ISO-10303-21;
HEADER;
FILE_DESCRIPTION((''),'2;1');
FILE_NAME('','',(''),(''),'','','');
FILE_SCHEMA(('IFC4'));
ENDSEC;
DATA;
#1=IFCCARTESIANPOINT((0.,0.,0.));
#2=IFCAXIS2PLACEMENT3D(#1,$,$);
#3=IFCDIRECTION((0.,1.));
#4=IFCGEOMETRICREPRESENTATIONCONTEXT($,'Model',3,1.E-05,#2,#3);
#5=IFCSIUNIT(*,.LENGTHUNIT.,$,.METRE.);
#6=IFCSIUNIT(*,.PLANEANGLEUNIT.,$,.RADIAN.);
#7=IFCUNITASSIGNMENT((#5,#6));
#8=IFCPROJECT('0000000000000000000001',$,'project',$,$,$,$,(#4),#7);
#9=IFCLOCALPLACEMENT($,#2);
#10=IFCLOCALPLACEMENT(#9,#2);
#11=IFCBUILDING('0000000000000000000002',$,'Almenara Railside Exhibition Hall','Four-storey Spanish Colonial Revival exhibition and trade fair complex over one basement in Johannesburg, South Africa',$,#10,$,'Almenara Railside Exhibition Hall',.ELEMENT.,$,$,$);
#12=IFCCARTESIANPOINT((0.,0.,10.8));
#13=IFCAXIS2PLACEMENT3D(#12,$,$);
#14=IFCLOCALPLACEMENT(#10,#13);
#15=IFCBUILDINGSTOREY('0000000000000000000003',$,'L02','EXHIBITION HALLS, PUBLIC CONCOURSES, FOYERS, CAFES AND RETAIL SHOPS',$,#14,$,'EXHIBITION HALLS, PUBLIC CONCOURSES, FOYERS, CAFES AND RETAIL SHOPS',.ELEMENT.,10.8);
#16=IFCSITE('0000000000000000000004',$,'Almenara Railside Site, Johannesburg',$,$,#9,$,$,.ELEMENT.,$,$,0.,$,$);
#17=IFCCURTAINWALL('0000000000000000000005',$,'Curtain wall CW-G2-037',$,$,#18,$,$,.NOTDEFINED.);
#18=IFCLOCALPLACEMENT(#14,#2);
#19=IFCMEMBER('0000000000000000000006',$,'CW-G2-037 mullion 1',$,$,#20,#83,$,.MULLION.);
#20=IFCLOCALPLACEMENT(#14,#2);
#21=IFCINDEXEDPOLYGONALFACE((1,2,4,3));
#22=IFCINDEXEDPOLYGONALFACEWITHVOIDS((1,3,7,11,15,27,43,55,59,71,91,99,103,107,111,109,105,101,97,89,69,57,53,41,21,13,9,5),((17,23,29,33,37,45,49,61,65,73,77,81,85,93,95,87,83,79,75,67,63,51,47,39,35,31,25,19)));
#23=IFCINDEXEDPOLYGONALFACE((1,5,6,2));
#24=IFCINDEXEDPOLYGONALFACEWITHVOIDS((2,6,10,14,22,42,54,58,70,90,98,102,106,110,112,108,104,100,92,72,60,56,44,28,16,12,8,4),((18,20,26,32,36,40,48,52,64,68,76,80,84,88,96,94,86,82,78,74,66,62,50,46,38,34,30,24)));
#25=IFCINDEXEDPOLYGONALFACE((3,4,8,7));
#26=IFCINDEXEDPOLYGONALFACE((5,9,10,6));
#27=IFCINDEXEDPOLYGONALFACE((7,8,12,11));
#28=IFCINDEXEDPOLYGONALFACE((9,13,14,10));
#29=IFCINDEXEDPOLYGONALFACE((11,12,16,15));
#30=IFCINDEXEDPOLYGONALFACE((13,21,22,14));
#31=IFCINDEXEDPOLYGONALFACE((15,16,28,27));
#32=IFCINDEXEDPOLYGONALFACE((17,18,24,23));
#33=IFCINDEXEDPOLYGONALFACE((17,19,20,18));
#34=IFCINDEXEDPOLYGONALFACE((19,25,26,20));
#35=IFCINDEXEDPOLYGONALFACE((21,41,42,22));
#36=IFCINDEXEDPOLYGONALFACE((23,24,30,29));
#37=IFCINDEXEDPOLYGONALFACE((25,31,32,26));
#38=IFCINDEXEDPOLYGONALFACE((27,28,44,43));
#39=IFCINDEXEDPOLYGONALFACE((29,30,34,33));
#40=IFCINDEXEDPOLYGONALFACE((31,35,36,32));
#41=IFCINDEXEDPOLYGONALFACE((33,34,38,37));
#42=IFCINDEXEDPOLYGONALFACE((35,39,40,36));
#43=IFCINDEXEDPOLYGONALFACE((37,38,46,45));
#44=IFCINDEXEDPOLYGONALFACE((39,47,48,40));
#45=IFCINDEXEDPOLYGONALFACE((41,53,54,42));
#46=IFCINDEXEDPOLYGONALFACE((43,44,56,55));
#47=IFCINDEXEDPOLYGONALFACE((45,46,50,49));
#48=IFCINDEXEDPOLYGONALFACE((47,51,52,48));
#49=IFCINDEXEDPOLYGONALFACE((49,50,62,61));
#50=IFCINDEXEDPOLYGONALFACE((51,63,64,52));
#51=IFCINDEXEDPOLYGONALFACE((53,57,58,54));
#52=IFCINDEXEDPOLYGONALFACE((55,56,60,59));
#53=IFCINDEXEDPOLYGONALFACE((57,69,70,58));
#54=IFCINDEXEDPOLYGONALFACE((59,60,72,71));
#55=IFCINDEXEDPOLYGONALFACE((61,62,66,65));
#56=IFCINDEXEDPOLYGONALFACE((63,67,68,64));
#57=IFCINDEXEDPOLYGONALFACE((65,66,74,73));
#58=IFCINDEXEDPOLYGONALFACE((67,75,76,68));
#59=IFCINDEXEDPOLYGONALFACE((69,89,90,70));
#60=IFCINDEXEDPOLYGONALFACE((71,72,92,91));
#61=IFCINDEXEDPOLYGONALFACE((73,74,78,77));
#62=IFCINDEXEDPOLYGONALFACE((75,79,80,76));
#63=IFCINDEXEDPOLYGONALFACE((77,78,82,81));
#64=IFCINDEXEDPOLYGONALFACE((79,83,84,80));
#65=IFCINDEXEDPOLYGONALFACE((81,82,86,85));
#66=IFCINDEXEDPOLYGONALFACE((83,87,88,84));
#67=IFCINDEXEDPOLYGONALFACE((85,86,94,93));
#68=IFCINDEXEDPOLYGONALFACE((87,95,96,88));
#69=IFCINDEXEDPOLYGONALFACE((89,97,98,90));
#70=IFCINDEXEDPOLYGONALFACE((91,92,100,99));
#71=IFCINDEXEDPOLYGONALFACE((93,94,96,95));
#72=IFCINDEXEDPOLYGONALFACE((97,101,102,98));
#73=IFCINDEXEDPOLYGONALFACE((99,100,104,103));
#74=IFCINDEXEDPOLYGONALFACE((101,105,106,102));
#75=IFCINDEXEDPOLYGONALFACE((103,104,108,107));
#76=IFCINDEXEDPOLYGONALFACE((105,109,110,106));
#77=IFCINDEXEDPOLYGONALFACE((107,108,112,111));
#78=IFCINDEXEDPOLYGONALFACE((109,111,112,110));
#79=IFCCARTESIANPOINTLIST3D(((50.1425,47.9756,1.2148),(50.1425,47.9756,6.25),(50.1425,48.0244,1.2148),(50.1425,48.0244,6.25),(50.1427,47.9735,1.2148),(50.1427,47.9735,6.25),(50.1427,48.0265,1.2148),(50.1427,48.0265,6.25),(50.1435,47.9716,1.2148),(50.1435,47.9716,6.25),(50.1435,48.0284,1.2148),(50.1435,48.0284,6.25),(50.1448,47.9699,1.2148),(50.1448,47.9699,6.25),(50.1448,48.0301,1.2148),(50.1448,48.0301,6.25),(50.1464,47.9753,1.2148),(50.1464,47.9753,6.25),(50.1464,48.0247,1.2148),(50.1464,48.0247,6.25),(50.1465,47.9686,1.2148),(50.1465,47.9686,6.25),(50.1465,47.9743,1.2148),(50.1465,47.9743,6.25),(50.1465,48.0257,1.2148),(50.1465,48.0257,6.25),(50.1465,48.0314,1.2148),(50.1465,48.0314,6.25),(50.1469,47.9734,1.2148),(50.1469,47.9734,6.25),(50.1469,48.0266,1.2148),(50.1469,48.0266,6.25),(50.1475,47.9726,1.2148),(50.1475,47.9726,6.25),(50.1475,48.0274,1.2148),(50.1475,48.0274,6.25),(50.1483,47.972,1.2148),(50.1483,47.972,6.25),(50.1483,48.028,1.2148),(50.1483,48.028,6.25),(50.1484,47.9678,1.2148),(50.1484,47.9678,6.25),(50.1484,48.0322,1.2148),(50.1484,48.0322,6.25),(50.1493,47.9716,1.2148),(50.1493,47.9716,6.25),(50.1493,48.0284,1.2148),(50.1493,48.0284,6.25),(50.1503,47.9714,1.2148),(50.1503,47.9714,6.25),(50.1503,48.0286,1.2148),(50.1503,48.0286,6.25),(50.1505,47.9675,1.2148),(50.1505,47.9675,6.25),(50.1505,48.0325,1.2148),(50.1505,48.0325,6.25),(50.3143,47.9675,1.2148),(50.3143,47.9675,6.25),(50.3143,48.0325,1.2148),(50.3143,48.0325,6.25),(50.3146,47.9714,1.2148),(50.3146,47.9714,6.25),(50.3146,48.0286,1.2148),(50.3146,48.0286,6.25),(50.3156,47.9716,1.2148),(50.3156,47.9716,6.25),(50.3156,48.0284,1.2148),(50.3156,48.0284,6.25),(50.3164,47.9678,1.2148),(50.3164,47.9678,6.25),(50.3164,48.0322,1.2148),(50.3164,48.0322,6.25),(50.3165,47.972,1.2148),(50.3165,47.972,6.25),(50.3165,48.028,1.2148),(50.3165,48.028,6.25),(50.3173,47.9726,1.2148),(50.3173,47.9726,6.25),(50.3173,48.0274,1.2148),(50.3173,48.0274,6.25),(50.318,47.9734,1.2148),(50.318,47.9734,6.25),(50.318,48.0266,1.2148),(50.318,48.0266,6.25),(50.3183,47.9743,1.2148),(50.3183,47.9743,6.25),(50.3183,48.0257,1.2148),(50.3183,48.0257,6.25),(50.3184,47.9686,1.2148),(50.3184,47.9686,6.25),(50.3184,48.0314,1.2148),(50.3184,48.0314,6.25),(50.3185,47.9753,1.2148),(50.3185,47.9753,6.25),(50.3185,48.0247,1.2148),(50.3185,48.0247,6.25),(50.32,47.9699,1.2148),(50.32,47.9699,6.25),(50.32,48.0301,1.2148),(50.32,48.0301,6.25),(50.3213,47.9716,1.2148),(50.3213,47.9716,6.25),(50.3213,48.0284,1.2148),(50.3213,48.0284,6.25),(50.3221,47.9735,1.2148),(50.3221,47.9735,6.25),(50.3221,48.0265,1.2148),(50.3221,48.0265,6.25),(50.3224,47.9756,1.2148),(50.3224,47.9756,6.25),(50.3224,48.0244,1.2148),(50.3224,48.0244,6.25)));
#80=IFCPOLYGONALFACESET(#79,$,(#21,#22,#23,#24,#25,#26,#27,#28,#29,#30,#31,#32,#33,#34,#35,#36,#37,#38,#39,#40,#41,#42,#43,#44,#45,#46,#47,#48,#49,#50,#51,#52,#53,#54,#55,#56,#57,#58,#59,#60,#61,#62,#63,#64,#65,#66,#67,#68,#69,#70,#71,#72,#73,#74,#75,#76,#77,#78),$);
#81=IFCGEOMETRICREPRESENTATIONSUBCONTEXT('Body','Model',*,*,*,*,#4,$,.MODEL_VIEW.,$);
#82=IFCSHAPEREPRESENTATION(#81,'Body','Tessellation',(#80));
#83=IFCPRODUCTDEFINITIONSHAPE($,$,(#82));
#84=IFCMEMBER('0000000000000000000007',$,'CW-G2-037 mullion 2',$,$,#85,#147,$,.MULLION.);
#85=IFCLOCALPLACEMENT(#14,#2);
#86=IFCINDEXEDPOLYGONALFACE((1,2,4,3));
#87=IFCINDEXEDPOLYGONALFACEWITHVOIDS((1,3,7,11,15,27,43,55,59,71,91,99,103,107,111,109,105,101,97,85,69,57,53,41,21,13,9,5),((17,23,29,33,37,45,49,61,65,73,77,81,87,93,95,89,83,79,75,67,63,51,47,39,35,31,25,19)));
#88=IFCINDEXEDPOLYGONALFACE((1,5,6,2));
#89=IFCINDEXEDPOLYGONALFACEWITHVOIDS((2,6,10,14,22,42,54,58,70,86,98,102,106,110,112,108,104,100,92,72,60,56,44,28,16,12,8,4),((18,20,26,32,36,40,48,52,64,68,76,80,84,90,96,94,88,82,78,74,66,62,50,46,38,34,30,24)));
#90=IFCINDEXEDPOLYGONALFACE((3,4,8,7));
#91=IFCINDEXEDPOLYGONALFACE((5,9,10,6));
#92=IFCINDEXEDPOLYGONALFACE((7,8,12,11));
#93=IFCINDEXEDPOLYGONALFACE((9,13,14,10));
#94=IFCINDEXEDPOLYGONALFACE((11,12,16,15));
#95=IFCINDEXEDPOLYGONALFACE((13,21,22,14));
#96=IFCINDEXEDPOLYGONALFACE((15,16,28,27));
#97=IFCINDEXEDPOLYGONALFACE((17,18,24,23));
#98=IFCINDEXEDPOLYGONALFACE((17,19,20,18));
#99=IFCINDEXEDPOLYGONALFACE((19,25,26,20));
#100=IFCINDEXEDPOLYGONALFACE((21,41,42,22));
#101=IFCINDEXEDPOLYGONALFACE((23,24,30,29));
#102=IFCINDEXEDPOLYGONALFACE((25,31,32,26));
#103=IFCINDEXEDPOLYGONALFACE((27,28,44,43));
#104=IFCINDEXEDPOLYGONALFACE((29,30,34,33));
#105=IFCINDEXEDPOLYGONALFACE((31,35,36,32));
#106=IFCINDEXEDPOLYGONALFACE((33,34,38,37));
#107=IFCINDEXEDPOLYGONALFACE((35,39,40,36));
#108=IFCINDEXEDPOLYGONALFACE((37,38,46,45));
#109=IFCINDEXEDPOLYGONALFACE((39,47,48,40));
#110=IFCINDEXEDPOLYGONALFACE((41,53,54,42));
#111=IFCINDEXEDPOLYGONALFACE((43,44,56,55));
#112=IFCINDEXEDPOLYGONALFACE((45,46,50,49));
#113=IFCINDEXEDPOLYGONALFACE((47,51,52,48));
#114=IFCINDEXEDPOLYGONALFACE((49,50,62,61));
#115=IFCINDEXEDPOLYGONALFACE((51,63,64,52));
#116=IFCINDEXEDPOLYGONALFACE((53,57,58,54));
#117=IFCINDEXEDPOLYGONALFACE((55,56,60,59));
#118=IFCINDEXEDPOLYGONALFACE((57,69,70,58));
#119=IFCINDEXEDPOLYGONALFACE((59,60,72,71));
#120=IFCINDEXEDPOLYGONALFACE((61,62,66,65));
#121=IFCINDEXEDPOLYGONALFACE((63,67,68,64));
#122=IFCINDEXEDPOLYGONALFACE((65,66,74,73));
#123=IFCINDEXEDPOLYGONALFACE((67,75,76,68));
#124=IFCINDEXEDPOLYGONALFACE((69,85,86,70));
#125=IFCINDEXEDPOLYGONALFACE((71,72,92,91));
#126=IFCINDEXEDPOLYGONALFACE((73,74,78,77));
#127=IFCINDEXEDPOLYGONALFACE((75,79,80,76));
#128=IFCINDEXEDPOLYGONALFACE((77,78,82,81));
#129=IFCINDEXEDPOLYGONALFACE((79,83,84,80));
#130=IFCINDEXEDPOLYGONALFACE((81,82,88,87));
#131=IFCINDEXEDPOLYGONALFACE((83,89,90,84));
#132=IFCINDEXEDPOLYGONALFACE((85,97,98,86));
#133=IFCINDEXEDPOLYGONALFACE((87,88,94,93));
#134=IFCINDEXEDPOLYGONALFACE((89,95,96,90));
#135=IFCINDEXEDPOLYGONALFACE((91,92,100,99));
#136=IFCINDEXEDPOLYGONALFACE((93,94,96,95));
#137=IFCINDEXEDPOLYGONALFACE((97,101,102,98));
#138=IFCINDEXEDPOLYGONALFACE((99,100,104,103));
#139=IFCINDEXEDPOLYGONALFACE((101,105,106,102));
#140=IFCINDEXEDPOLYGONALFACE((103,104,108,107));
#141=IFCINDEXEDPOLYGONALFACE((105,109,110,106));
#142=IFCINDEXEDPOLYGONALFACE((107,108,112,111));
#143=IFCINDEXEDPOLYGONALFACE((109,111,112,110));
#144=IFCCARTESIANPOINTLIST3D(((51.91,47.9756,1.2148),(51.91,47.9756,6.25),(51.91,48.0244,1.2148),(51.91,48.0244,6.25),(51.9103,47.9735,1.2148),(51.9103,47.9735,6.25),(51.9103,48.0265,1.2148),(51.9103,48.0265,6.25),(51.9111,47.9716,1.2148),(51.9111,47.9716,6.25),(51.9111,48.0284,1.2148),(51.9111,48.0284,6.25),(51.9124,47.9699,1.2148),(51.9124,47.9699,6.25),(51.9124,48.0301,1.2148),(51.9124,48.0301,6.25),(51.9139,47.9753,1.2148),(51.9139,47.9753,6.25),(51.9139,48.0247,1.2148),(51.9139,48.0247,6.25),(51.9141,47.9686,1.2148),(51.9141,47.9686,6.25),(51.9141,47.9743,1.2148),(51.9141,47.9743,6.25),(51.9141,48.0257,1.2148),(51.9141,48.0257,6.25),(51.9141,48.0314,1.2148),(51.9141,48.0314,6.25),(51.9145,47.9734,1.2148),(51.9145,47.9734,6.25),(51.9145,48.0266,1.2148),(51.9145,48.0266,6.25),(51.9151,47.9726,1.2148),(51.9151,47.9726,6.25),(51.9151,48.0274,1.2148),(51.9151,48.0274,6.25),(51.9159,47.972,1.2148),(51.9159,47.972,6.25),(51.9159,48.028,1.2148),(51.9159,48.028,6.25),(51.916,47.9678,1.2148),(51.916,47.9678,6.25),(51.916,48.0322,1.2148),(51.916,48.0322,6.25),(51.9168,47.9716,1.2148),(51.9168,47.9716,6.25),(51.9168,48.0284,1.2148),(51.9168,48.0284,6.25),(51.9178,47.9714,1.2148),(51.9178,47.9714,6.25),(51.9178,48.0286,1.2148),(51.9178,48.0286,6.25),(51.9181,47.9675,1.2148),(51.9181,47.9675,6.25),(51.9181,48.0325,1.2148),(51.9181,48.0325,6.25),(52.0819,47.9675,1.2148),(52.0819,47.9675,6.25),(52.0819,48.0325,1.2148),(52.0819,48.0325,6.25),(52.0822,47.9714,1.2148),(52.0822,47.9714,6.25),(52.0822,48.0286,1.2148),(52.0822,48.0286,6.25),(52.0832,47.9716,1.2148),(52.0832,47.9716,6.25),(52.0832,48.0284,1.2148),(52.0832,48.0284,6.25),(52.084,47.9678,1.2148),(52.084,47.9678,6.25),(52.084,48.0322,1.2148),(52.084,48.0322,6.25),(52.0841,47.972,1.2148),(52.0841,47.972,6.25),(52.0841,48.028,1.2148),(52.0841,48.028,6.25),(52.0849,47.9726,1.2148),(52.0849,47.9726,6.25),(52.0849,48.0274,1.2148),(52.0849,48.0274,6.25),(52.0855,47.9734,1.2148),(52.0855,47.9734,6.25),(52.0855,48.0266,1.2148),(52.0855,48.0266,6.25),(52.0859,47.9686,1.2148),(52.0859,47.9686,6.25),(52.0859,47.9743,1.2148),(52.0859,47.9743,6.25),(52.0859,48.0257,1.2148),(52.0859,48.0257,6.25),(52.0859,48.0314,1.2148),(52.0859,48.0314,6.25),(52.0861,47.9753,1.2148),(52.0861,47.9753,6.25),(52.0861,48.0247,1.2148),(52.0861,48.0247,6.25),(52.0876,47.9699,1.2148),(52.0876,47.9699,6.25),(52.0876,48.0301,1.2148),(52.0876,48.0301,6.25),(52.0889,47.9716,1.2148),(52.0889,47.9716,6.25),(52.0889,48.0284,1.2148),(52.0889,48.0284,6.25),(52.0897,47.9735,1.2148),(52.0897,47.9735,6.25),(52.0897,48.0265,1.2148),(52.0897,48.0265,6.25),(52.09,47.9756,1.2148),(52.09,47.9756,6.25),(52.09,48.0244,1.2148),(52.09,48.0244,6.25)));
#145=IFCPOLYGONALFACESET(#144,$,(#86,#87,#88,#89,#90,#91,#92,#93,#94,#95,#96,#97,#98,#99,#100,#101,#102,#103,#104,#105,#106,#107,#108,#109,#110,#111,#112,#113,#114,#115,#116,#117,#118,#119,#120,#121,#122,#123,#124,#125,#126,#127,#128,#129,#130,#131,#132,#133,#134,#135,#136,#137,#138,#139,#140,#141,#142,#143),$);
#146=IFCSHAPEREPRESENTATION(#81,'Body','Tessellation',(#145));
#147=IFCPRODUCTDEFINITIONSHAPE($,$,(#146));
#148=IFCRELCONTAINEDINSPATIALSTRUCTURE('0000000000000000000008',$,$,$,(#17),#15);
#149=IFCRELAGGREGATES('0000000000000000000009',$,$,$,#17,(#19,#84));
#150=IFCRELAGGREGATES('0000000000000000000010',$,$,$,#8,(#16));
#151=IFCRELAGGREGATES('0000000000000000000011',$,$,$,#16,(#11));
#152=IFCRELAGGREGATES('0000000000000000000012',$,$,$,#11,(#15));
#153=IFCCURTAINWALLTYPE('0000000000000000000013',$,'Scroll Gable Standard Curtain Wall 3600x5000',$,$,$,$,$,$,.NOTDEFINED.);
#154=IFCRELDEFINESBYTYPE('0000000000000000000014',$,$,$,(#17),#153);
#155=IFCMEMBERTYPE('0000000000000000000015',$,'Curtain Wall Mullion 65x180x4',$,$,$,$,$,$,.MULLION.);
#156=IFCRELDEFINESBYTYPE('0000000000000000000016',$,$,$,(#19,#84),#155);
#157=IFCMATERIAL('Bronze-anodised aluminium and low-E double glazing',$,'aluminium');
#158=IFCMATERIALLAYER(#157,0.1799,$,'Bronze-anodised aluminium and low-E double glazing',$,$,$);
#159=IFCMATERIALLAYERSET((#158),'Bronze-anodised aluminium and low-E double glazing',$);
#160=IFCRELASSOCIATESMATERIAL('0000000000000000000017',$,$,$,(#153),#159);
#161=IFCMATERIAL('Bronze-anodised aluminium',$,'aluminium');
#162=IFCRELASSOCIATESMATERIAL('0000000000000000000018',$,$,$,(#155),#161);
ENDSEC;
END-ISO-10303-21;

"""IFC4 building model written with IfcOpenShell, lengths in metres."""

from ifc_helpers import new_model, si_unit, direction, frame, origin, origin_2d, place, context, subcontext, project, spatial, hollow_rectangle, extrude, material, layer, layer_set, material_profile, profile_set, type_object, element, aggregate, save


model = new_model("IFC4")

# Units and contexts
model_context = context("Model", 3, precision=1e-05, world=origin(), true_north=direction((0.0, 1.0)))
body_context = subcontext(model_context, "Body", "Model", "MODEL_VIEW")
ifc_project = project(units=[si_unit("LENGTHUNIT", "METRE"), si_unit("PLANEANGLEUNIT", "RADIAN")], contexts=[model_context])

# Site, building, storey
site_placement = place(None, origin())
site = spatial("IfcSite", under=ifc_project, at=site_placement, Name="Almenara Railside Site, Johannesburg", CompositionType="ELEMENT", RefElevation=0.0)
building_placement = place(site_placement, origin())
building = spatial("IfcBuilding", under=site, at=building_placement, Name="Almenara Railside Exhibition Hall", Description="Four-storey Spanish Colonial Revival exhibition and trade fair complex over one basement in Johannesburg, South Africa", LongName="Almenara Railside Exhibition Hall", CompositionType="ELEMENT")
storey_placement = place(building_placement, frame((0.0, 0.0, 10.8)))
storey = spatial("IfcBuildingStorey", under=building, at=storey_placement, Name="L02", Description="EXHIBITION HALLS, PUBLIC CONCOURSES, FOYERS, CAFES AND RETAIL SHOPS", LongName="EXHIBITION HALLS, PUBLIC CONCOURSES, FOYERS, CAFES AND RETAIL SHOPS", CompositionType="ELEMENT", Elevation=10.8)

# Curtain wall, members
ifc_material_1 = material(Name="Bronze-anodised aluminium and low-E double glazing", Category="aluminium")
ifc_layer_1 = layer(ifc_material_1, 0.1799, Name="Bronze-anodised aluminium and low-E double glazing")
ifc_layer_set_1 = layer_set([ifc_layer_1], Name="Bronze-anodised aluminium and low-E double glazing")
curtain_wall_type_1 = type_object("IfcCurtainWallType", Name="Scroll Gable Standard Curtain Wall 3600x5000", PredefinedType="NOTDEFINED", material=ifc_layer_set_1)
curtain_wall_1_placement = place(storey_placement, origin())
curtain_wall_1 = element("IfcCurtainWall", 1, at=curtain_wall_1_placement, inside=storey, type_object=curtain_wall_type_1, Name="Curtain wall CW-G2-037", PredefinedType="NOTDEFINED")
ifc_material_2 = material(Name="Bronze-anodised aluminium", Category="aluminium")
ifc_material_profile_1 = material_profile(ifc_material_2, hollow_rectangle(XDim=0.0649, YDim=0.1799, WallThickness=0.0039, InnerFilletRadius=0.0039, OuterFilletRadius=0.0081, at=origin_2d()), Name="ALU-MUL 65x180x4")
ifc_profile_set_1 = profile_set([ifc_material_profile_1], Name="Bronze-anodised aluminium")
member_type_1 = type_object("IfcMemberType", Name="Curtain Wall Mullion 65x180x4", PredefinedType="MULLION", material=ifc_profile_set_1)
member_1_placement = place(storey_placement, frame((50.2324, 48.0, 1.2148), z_axis=(0.0, 0.0, 1.0), x_axis=(0.0, 1.0, 0.0)))
member_1 = element("IfcMember", 2, at=member_1_placement, type_object=member_type_1, Name="CW-G2-037 mullion 1", PredefinedType="MULLION", context=body_context, shape_type="SweptSolid", body=[
    extrude(hollow_rectangle(XDim=0.0649, YDim=0.1799, WallThickness=0.0039, InnerFilletRadius=0.0039, OuterFilletRadius=0.0081, at=origin_2d()), origin(), (0.0, 0.0, 1.0), 5.0352),
])
member_2_placement = place(storey_placement, frame((52.0, 48.0, 1.2148), z_axis=(0.0, 0.0, 1.0), x_axis=(0.0, 1.0, 0.0)))
member_2 = element("IfcMember", 3, at=member_2_placement, type_object=member_type_1, Name="CW-G2-037 mullion 2", PredefinedType="MULLION", context=body_context, shape_type="SweptSolid", body=[
    extrude(hollow_rectangle(XDim=0.0649, YDim=0.1799, WallThickness=0.0039, InnerFilletRadius=0.0039, OuterFilletRadius=0.0081, at=origin_2d()), origin(), (0.0, 0.0, 1.0), 5.0352),
])

aggregate(curtain_wall_1, [member_1, member_2])

save(model, "model.ifc")
